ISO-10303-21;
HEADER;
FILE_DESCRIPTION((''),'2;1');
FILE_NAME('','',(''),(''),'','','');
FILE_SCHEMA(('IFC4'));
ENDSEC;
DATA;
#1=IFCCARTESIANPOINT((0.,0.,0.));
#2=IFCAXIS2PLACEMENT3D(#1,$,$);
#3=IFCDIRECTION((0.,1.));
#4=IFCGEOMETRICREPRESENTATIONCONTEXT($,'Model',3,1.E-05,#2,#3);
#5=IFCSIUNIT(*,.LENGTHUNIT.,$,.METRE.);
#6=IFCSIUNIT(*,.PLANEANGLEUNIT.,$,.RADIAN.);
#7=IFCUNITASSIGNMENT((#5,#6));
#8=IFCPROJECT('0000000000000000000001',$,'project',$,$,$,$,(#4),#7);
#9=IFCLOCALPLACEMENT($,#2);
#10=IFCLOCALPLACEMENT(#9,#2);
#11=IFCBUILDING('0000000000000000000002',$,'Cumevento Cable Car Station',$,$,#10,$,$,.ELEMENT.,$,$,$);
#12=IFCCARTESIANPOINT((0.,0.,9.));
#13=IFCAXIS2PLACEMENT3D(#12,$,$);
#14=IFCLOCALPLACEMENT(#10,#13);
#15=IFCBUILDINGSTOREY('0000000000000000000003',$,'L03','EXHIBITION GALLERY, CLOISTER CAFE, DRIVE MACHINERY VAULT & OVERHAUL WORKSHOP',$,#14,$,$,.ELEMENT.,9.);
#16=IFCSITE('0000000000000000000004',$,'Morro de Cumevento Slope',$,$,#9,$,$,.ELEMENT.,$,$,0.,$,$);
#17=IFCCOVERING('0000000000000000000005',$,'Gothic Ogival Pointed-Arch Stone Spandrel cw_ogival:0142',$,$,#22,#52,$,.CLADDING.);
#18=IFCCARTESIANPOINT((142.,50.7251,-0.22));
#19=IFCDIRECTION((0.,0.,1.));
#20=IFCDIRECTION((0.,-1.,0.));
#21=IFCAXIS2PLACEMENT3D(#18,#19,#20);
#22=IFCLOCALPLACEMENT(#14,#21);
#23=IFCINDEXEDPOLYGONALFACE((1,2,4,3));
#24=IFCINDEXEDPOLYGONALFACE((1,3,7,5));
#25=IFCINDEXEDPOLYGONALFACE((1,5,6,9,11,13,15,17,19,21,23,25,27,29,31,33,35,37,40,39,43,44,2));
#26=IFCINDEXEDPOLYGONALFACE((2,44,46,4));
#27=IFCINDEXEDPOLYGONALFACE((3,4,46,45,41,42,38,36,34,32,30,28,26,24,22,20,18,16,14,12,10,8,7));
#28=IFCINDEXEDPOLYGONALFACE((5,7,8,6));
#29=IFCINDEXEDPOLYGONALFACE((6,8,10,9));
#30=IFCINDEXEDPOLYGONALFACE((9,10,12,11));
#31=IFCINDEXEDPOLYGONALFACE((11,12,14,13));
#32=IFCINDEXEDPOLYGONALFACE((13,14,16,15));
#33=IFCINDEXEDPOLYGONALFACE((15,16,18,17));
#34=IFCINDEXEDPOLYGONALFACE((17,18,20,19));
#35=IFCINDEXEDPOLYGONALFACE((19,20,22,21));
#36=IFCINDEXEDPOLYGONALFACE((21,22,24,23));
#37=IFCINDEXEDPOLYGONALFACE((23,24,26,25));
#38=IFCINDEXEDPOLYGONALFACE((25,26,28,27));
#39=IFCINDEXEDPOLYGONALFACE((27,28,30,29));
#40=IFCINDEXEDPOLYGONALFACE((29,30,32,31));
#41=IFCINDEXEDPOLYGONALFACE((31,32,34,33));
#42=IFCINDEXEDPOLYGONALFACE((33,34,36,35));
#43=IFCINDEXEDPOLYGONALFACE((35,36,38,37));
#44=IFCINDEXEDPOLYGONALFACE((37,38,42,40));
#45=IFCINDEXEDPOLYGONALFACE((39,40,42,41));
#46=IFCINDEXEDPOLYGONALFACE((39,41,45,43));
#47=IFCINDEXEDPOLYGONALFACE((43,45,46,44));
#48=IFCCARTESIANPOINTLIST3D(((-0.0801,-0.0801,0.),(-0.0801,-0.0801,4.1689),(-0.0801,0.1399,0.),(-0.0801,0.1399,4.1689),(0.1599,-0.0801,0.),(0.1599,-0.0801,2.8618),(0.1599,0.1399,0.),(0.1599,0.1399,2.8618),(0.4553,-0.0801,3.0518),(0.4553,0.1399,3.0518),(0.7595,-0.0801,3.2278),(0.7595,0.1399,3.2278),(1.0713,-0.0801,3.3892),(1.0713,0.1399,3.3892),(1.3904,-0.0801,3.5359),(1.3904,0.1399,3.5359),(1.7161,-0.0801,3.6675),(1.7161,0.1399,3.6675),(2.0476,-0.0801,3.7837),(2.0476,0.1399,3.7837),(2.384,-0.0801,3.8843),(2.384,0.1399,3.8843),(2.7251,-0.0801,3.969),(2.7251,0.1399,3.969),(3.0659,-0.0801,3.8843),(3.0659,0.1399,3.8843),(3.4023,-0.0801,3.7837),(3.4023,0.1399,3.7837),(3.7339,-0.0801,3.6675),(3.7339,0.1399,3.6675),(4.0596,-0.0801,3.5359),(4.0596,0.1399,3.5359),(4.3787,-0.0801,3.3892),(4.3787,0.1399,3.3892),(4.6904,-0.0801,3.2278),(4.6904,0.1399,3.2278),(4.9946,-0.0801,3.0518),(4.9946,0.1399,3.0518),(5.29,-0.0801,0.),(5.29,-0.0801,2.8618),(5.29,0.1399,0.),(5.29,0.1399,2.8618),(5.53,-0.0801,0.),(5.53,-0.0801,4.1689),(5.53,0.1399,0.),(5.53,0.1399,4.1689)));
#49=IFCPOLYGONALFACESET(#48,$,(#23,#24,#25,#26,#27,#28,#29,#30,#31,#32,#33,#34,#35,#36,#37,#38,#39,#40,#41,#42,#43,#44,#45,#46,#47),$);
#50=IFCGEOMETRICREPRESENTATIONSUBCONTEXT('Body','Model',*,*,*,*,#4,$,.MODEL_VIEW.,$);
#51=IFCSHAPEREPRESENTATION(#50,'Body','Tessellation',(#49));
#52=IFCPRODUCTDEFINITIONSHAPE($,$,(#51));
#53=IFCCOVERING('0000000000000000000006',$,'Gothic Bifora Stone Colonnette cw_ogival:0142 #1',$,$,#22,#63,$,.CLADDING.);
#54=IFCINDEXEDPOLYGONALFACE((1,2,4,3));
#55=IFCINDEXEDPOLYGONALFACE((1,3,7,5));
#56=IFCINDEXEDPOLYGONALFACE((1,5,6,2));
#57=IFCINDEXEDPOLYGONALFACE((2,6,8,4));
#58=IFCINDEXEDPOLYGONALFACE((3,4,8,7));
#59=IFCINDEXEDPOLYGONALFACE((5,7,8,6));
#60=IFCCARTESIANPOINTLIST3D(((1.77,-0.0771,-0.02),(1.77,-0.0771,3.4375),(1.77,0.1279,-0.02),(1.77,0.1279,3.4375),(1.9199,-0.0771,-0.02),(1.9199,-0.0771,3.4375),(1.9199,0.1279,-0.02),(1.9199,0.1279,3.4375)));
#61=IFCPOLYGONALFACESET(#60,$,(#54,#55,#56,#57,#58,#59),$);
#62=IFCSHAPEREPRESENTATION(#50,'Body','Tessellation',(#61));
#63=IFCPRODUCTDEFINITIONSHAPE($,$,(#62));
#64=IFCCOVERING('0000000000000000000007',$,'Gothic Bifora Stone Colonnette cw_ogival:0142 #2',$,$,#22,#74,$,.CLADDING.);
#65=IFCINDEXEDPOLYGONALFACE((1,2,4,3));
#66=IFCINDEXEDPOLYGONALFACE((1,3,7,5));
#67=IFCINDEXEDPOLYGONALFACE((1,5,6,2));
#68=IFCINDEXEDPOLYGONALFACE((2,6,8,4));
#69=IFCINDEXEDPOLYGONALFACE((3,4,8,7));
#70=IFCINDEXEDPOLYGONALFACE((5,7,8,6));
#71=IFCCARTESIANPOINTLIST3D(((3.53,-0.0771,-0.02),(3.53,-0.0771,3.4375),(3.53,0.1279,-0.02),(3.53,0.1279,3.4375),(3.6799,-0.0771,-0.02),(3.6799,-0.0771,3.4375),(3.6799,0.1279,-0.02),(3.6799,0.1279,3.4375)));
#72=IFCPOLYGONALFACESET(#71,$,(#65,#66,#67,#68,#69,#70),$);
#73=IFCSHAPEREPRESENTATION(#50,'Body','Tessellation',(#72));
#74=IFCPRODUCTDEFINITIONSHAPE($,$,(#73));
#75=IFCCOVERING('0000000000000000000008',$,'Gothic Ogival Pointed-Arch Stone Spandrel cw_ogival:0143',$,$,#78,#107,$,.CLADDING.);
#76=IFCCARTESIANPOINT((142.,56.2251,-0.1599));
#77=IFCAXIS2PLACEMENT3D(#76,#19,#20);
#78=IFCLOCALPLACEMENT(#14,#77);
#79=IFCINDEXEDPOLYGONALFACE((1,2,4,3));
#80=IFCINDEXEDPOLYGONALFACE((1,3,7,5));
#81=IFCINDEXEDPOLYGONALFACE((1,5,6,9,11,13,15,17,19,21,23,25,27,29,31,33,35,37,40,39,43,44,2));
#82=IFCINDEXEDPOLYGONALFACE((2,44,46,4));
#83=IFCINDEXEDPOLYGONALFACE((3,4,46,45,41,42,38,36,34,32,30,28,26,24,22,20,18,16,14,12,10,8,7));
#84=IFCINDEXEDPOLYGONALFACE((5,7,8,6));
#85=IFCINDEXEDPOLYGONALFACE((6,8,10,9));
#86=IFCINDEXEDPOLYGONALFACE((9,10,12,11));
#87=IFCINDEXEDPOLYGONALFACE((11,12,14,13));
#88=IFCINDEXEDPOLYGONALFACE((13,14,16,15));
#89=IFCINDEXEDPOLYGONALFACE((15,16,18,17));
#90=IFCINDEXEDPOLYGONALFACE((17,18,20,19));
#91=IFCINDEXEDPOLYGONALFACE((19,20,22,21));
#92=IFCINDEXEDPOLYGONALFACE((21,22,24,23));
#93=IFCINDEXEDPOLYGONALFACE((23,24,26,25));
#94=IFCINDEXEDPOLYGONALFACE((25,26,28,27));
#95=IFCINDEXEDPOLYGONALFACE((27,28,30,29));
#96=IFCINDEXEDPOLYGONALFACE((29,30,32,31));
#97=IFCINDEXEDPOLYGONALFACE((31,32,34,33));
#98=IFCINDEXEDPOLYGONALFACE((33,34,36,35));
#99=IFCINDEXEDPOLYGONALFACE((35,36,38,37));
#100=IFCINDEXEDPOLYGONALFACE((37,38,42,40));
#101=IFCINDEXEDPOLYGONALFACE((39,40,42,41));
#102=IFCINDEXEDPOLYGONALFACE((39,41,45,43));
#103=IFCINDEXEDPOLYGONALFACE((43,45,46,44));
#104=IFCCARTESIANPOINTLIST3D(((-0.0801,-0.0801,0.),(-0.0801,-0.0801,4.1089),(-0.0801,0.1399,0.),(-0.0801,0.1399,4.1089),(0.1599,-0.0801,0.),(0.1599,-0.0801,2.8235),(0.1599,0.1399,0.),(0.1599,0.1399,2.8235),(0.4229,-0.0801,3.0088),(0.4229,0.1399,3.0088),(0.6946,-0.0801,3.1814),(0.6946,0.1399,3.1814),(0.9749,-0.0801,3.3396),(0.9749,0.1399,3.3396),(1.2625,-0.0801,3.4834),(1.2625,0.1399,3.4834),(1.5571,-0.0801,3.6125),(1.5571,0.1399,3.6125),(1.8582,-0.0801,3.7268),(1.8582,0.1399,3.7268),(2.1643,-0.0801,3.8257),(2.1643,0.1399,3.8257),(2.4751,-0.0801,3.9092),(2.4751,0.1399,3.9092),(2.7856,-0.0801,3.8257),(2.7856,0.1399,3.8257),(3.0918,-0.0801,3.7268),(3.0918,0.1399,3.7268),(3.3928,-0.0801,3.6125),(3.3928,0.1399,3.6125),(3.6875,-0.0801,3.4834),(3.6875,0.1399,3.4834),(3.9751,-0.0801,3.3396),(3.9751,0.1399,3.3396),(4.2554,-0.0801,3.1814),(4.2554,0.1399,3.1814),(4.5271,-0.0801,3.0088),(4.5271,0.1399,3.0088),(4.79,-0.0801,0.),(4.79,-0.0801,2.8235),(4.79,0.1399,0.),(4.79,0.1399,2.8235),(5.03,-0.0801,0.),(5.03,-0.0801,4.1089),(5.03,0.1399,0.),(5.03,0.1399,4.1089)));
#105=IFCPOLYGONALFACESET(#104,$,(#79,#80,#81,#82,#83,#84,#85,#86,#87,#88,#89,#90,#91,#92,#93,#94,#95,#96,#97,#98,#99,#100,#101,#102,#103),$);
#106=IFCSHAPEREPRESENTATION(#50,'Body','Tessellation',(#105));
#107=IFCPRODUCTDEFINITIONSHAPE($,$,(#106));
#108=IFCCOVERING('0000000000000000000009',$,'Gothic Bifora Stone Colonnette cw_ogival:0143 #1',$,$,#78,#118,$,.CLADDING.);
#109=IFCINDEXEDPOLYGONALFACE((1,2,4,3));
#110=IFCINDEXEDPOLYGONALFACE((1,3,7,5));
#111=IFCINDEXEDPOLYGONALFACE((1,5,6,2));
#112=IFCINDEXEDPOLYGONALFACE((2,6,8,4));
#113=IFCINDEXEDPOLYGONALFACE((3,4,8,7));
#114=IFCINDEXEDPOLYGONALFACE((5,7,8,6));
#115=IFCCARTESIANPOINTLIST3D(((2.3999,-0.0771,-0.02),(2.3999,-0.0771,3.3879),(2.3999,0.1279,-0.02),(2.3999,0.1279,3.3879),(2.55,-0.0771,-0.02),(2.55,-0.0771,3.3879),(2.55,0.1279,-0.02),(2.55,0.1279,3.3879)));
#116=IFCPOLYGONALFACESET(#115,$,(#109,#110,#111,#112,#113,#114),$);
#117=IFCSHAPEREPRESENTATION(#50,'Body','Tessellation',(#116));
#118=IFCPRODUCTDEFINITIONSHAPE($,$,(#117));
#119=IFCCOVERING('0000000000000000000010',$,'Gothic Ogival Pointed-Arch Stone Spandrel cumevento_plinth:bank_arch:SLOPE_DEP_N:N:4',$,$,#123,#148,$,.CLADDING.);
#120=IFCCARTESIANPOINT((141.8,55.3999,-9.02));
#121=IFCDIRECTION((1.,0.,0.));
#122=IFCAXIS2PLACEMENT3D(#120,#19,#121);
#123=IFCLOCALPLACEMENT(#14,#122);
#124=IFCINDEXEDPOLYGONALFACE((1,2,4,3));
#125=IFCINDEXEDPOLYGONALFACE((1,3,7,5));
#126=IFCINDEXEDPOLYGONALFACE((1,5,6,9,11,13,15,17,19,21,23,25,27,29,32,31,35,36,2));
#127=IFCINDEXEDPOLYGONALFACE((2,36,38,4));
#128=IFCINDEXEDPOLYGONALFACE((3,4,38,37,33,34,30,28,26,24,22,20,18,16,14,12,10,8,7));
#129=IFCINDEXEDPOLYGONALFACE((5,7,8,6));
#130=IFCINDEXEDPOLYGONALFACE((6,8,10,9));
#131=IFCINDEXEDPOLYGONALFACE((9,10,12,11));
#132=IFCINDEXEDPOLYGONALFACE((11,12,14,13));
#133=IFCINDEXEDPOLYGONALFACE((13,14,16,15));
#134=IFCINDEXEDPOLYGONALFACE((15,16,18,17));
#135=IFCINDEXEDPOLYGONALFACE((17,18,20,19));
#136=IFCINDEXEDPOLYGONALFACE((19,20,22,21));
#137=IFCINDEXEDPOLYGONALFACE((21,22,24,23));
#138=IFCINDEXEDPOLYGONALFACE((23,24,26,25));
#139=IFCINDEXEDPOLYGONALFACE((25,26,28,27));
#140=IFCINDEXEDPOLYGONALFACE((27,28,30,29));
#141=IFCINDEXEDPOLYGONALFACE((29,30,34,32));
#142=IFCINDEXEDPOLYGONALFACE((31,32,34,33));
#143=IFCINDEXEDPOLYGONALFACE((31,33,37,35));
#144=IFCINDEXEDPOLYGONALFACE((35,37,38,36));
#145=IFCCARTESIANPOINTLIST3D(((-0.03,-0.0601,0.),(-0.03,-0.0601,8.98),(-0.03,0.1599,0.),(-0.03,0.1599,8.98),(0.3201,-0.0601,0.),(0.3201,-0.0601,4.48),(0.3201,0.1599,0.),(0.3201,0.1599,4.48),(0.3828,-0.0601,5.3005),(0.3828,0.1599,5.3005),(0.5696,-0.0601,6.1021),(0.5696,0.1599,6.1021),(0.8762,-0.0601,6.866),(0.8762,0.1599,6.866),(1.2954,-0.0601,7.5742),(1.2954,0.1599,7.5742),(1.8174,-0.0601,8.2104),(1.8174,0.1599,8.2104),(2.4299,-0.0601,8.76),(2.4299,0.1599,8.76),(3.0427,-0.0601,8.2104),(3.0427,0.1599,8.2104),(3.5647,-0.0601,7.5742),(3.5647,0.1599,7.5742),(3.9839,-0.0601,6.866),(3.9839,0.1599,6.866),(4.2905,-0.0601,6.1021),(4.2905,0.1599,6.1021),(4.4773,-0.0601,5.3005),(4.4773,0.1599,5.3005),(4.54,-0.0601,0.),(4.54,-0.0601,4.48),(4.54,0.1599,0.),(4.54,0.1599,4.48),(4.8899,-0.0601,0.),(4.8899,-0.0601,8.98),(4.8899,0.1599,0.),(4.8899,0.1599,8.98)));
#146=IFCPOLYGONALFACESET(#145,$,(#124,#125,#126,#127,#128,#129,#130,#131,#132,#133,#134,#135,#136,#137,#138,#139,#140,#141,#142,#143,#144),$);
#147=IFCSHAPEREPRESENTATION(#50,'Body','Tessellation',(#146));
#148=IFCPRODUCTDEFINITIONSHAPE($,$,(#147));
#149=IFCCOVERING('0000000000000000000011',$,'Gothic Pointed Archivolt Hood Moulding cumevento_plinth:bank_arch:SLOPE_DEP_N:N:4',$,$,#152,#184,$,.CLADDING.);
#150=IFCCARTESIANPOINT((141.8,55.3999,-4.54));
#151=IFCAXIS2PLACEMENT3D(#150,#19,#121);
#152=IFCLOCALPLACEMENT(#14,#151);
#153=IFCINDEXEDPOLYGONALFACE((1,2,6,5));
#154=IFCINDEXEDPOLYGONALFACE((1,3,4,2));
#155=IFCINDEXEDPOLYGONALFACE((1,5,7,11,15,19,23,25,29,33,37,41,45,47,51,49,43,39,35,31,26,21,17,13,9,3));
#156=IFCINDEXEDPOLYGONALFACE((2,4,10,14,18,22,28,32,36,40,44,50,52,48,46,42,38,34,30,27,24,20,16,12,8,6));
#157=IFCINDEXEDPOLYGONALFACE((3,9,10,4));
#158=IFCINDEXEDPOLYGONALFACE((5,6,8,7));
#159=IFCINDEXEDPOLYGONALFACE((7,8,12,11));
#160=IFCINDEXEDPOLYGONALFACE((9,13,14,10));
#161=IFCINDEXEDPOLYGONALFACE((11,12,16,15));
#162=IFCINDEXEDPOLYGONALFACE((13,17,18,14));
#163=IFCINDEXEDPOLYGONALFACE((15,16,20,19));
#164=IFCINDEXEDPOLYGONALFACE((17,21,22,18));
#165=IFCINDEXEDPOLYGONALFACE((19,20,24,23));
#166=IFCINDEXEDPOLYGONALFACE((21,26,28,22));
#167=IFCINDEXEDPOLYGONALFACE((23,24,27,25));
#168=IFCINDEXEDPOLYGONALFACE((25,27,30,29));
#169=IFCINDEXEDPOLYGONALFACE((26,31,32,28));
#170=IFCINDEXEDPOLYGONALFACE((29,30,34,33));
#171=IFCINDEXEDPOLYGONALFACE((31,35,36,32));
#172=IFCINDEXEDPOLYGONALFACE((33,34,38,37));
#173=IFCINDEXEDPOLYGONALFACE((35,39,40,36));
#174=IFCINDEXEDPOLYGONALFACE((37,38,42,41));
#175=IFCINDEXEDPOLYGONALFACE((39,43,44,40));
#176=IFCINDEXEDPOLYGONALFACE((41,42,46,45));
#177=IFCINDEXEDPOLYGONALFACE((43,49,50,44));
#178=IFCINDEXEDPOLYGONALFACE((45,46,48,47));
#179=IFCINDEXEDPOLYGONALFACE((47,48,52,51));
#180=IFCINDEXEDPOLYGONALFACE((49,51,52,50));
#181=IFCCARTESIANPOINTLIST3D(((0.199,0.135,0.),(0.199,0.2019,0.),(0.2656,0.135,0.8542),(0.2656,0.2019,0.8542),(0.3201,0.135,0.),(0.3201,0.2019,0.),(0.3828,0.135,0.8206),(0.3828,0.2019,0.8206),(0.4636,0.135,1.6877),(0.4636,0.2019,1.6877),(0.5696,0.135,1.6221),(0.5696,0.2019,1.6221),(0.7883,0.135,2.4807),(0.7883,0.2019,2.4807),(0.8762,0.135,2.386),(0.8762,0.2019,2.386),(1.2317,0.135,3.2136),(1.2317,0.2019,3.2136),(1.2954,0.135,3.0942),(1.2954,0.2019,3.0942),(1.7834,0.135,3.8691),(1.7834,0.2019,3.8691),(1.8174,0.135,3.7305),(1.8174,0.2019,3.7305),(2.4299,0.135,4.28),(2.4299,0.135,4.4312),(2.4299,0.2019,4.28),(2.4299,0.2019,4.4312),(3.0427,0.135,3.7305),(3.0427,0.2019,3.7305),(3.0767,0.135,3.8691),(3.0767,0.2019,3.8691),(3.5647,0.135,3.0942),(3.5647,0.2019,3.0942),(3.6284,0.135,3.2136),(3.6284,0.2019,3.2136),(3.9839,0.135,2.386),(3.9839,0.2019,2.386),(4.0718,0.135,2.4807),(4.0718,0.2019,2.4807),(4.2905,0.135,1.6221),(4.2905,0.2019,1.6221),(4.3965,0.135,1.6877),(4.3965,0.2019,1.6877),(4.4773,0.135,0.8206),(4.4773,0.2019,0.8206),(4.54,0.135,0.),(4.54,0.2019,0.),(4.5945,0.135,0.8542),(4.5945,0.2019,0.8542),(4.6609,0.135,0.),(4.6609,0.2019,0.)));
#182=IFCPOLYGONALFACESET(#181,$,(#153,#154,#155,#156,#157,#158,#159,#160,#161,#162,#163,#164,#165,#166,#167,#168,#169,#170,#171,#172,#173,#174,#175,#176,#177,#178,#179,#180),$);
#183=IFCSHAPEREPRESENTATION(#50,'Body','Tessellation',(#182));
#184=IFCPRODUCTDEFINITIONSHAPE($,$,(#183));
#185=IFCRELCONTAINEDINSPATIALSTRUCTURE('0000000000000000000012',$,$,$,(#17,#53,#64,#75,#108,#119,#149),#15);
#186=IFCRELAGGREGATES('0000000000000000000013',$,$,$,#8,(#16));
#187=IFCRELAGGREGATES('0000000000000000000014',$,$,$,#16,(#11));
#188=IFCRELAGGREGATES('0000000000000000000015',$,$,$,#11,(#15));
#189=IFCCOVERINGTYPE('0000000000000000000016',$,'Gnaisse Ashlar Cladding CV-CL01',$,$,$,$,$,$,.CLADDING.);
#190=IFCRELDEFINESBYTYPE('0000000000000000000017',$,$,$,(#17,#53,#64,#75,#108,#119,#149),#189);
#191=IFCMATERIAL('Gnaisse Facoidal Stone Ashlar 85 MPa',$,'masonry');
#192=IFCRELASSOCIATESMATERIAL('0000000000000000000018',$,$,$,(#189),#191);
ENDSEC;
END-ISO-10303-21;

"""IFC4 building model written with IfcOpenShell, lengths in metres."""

from ifc_helpers import new_model, si_unit, direction, frame, origin, place, context, subcontext, project, spatial, polyline, outline, extrude, material, type_object, element, save


model = new_model("IFC4")

# Units and contexts
model_context = context("Model", 3, precision=1e-05, world=origin(), true_north=direction((0.0, 1.0)))
body_context = subcontext(model_context, "Body", "Model", "MODEL_VIEW")
ifc_project = project(units=[si_unit("LENGTHUNIT", "METRE"), si_unit("PLANEANGLEUNIT", "RADIAN")], contexts=[model_context])

# Site, building, storey
site_placement = place(None, origin())
site = spatial("IfcSite", under=ifc_project, at=site_placement, Name="Morro de Cumevento Slope", CompositionType="ELEMENT", RefElevation=0.0)
building_placement = place(site_placement, origin())
building = spatial("IfcBuilding", under=site, at=building_placement, Name="Cumevento Cable Car Station", CompositionType="ELEMENT")
storey_placement = place(building_placement, frame((0.0, 0.0, 9.0)))
storey = spatial("IfcBuildingStorey", under=building, at=storey_placement, Name="L03", Description="EXHIBITION GALLERY, CLOISTER CAFE, DRIVE MACHINERY VAULT & OVERHAUL WORKSHOP", CompositionType="ELEMENT", Elevation=9.0)

# Coverings
ifc_material_1 = material(Name="Gnaisse Facoidal Stone Ashlar 85 MPa", Category="masonry")
covering_type = type_object("IfcCoveringType", Name="Gnaisse Ashlar Cladding CV-CL01", PredefinedType="CLADDING", material=ifc_material_1)
placement_1 = place(storey_placement, frame((142.0, 50.7251, -0.22), z_axis=(0.0, 0.0, 1.0), x_axis=(0.0, -1.0, 0.0)))
element("IfcCovering", 1, at=placement_1, inside=storey, type_object=covering_type, Name="Gothic Ogival Pointed-Arch Stone Spandrel cw_ogival:0142", PredefinedType="CLADDING", context=body_context, shape_type="SweptSolid", body=[
    extrude(outline(polyline([(-0.0801, 0.0), (-0.0801, 4.1689), (5.53, 4.1689), (5.53, 0.0), (5.29, 0.0), (5.29, 2.8618), (4.9946, 3.0518), (4.6904, 3.2278), (4.3787, 3.3892), (4.0596, 3.5359), (3.7339, 3.6675), (3.4023, 3.7837), (3.0659, 3.8843), (2.7251, 3.969), (2.384, 3.8843), (2.0476, 3.7837), (1.7161, 3.6675), (1.3904, 3.5359), (1.0713, 3.3892), (0.7595, 3.2278), (0.4553, 3.0518), (0.1599, 2.8618), (0.1599, 0.0), (-0.0801, 0.0)])), frame((0.0, 0.1399, 0.0), z_axis=(0.0, -1.0, 0.0), x_axis=(1.0, 0.0, 0.0)), (0.0, 0.0, 1.0), 0.22),
])
element("IfcCovering", 2, at=placement_1, inside=storey, type_object=covering_type, Name="Gothic Bifora Stone Colonnette cw_ogival:0142 #1", PredefinedType="CLADDING", context=body_context, shape_type="SweptSolid", body=[
    extrude(outline(polyline([(1.77, -0.02), (1.9199, -0.02), (1.9199, 3.4375), (1.77, 3.4375), (1.77, -0.02)])), frame((0.0, 0.1279, 0.0), z_axis=(0.0, -1.0, 0.0), x_axis=(1.0, 0.0, 0.0)), (0.0, 0.0, 1.0), 0.2051),
])
element("IfcCovering", 3, at=placement_1, inside=storey, type_object=covering_type, Name="Gothic Bifora Stone Colonnette cw_ogival:0142 #2", PredefinedType="CLADDING", context=body_context, shape_type="SweptSolid", body=[
    extrude(outline(polyline([(3.53, -0.02), (3.6799, -0.02), (3.6799, 3.4375), (3.53, 3.4375), (3.53, -0.02)])), frame((0.0, 0.1279, 0.0), z_axis=(0.0, -1.0, 0.0), x_axis=(1.0, 0.0, 0.0)), (0.0, 0.0, 1.0), 0.2051),
])
placement_2 = place(storey_placement, frame((142.0, 56.2251, -0.1599), z_axis=(0.0, 0.0, 1.0), x_axis=(0.0, -1.0, 0.0)))
element("IfcCovering", 4, at=placement_2, inside=storey, type_object=covering_type, Name="Gothic Ogival Pointed-Arch Stone Spandrel cw_ogival:0143", PredefinedType="CLADDING", context=body_context, shape_type="SweptSolid", body=[
    extrude(outline(polyline([(-0.0801, 0.0), (-0.0801, 4.1089), (5.03, 4.1089), (5.03, 0.0), (4.79, 0.0), (4.79, 2.8235), (4.5271, 3.0088), (4.2554, 3.1814), (3.9751, 3.3396), (3.6875, 3.4834), (3.3928, 3.6125), (3.0918, 3.7268), (2.7856, 3.8257), (2.4751, 3.9092), (2.1643, 3.8257), (1.8582, 3.7268), (1.5571, 3.6125), (1.2625, 3.4834), (0.9749, 3.3396), (0.6946, 3.1814), (0.4229, 3.0088), (0.1599, 2.8235), (0.1599, 0.0), (-0.0801, 0.0)])), frame((0.0, 0.1399, 0.0), z_axis=(0.0, -1.0, 0.0), x_axis=(1.0, 0.0, 0.0)), (0.0, 0.0, 1.0), 0.22),
])
element("IfcCovering", 5, at=placement_2, inside=storey, type_object=covering_type, Name="Gothic Bifora Stone Colonnette cw_ogival:0143 #1", PredefinedType="CLADDING", context=body_context, shape_type="SweptSolid", body=[
    extrude(outline(polyline([(2.3999, -0.02), (2.55, -0.02), (2.55, 3.3879), (2.3999, 3.3879), (2.3999, -0.02)])), frame((0.0, 0.1279, 0.0), z_axis=(0.0, -1.0, 0.0), x_axis=(1.0, 0.0, 0.0)), (0.0, 0.0, 1.0), 0.2051),
])
covering_1_placement = place(storey_placement, frame((141.8, 55.3999, -9.02), z_axis=(0.0, 0.0, 1.0), x_axis=(1.0, 0.0, 0.0)))
element("IfcCovering", 6, at=covering_1_placement, inside=storey, type_object=covering_type, Name="Gothic Ogival Pointed-Arch Stone Spandrel cumevento_plinth:bank_arch:SLOPE_DEP_N:N:4", PredefinedType="CLADDING", context=body_context, shape_type="SweptSolid", body=[
    extrude(outline(polyline([(-0.03, 0.0), (-0.03, 8.98), (4.8899, 8.98), (4.8899, 0.0), (4.54, 0.0), (4.54, 4.48), (4.4773, 5.3005), (4.2905, 6.1021), (3.9839, 6.866), (3.5647, 7.5742), (3.0427, 8.2104), (2.4299, 8.76), (1.8174, 8.2104), (1.2954, 7.5742), (0.8762, 6.866), (0.5696, 6.1021), (0.3828, 5.3005), (0.3201, 4.48), (0.3201, 0.0), (-0.03, 0.0)])), frame((0.0, 0.1599, 0.0), z_axis=(0.0, -1.0, 0.0), x_axis=(1.0, 0.0, 0.0)), (0.0, 0.0, 1.0), 0.22),
])
covering_2_placement = place(storey_placement, frame((141.8, 55.3999, -4.54), z_axis=(0.0, 0.0, 1.0), x_axis=(1.0, 0.0, 0.0)))
element("IfcCovering", 7, at=covering_2_placement, inside=storey, type_object=covering_type, Name="Gothic Pointed Archivolt Hood Moulding cumevento_plinth:bank_arch:SLOPE_DEP_N:N:4", PredefinedType="CLADDING", context=body_context, shape_type="SweptSolid", body=[
    extrude(outline(polyline([(0.3201, 0.0), (0.3828, 0.8206), (0.5696, 1.6221), (0.8762, 2.386), (1.2954, 3.0942), (1.8174, 3.7305), (2.4299, 4.28), (3.0427, 3.7305), (3.5647, 3.0942), (3.9839, 2.386), (4.2905, 1.6221), (4.4773, 0.8206), (4.54, 0.0), (4.6609, 0.0), (4.5945, 0.8542), (4.3965, 1.6877), (4.0718, 2.4807), (3.6284, 3.2136), (3.0767, 3.8691), (2.4299, 4.4312), (1.7834, 3.8691), (1.2317, 3.2136), (0.7883, 2.4807), (0.4636, 1.6877), (0.2656, 0.8542), (0.199, 0.0), (0.3201, 0.0)])), frame((0.0, 0.2019, 0.0), z_axis=(0.0, -1.0, 0.0), x_axis=(1.0, 0.0, 0.0)), (0.0, 0.0, 1.0), 0.0669),
])

save(model, "model.ifc")
